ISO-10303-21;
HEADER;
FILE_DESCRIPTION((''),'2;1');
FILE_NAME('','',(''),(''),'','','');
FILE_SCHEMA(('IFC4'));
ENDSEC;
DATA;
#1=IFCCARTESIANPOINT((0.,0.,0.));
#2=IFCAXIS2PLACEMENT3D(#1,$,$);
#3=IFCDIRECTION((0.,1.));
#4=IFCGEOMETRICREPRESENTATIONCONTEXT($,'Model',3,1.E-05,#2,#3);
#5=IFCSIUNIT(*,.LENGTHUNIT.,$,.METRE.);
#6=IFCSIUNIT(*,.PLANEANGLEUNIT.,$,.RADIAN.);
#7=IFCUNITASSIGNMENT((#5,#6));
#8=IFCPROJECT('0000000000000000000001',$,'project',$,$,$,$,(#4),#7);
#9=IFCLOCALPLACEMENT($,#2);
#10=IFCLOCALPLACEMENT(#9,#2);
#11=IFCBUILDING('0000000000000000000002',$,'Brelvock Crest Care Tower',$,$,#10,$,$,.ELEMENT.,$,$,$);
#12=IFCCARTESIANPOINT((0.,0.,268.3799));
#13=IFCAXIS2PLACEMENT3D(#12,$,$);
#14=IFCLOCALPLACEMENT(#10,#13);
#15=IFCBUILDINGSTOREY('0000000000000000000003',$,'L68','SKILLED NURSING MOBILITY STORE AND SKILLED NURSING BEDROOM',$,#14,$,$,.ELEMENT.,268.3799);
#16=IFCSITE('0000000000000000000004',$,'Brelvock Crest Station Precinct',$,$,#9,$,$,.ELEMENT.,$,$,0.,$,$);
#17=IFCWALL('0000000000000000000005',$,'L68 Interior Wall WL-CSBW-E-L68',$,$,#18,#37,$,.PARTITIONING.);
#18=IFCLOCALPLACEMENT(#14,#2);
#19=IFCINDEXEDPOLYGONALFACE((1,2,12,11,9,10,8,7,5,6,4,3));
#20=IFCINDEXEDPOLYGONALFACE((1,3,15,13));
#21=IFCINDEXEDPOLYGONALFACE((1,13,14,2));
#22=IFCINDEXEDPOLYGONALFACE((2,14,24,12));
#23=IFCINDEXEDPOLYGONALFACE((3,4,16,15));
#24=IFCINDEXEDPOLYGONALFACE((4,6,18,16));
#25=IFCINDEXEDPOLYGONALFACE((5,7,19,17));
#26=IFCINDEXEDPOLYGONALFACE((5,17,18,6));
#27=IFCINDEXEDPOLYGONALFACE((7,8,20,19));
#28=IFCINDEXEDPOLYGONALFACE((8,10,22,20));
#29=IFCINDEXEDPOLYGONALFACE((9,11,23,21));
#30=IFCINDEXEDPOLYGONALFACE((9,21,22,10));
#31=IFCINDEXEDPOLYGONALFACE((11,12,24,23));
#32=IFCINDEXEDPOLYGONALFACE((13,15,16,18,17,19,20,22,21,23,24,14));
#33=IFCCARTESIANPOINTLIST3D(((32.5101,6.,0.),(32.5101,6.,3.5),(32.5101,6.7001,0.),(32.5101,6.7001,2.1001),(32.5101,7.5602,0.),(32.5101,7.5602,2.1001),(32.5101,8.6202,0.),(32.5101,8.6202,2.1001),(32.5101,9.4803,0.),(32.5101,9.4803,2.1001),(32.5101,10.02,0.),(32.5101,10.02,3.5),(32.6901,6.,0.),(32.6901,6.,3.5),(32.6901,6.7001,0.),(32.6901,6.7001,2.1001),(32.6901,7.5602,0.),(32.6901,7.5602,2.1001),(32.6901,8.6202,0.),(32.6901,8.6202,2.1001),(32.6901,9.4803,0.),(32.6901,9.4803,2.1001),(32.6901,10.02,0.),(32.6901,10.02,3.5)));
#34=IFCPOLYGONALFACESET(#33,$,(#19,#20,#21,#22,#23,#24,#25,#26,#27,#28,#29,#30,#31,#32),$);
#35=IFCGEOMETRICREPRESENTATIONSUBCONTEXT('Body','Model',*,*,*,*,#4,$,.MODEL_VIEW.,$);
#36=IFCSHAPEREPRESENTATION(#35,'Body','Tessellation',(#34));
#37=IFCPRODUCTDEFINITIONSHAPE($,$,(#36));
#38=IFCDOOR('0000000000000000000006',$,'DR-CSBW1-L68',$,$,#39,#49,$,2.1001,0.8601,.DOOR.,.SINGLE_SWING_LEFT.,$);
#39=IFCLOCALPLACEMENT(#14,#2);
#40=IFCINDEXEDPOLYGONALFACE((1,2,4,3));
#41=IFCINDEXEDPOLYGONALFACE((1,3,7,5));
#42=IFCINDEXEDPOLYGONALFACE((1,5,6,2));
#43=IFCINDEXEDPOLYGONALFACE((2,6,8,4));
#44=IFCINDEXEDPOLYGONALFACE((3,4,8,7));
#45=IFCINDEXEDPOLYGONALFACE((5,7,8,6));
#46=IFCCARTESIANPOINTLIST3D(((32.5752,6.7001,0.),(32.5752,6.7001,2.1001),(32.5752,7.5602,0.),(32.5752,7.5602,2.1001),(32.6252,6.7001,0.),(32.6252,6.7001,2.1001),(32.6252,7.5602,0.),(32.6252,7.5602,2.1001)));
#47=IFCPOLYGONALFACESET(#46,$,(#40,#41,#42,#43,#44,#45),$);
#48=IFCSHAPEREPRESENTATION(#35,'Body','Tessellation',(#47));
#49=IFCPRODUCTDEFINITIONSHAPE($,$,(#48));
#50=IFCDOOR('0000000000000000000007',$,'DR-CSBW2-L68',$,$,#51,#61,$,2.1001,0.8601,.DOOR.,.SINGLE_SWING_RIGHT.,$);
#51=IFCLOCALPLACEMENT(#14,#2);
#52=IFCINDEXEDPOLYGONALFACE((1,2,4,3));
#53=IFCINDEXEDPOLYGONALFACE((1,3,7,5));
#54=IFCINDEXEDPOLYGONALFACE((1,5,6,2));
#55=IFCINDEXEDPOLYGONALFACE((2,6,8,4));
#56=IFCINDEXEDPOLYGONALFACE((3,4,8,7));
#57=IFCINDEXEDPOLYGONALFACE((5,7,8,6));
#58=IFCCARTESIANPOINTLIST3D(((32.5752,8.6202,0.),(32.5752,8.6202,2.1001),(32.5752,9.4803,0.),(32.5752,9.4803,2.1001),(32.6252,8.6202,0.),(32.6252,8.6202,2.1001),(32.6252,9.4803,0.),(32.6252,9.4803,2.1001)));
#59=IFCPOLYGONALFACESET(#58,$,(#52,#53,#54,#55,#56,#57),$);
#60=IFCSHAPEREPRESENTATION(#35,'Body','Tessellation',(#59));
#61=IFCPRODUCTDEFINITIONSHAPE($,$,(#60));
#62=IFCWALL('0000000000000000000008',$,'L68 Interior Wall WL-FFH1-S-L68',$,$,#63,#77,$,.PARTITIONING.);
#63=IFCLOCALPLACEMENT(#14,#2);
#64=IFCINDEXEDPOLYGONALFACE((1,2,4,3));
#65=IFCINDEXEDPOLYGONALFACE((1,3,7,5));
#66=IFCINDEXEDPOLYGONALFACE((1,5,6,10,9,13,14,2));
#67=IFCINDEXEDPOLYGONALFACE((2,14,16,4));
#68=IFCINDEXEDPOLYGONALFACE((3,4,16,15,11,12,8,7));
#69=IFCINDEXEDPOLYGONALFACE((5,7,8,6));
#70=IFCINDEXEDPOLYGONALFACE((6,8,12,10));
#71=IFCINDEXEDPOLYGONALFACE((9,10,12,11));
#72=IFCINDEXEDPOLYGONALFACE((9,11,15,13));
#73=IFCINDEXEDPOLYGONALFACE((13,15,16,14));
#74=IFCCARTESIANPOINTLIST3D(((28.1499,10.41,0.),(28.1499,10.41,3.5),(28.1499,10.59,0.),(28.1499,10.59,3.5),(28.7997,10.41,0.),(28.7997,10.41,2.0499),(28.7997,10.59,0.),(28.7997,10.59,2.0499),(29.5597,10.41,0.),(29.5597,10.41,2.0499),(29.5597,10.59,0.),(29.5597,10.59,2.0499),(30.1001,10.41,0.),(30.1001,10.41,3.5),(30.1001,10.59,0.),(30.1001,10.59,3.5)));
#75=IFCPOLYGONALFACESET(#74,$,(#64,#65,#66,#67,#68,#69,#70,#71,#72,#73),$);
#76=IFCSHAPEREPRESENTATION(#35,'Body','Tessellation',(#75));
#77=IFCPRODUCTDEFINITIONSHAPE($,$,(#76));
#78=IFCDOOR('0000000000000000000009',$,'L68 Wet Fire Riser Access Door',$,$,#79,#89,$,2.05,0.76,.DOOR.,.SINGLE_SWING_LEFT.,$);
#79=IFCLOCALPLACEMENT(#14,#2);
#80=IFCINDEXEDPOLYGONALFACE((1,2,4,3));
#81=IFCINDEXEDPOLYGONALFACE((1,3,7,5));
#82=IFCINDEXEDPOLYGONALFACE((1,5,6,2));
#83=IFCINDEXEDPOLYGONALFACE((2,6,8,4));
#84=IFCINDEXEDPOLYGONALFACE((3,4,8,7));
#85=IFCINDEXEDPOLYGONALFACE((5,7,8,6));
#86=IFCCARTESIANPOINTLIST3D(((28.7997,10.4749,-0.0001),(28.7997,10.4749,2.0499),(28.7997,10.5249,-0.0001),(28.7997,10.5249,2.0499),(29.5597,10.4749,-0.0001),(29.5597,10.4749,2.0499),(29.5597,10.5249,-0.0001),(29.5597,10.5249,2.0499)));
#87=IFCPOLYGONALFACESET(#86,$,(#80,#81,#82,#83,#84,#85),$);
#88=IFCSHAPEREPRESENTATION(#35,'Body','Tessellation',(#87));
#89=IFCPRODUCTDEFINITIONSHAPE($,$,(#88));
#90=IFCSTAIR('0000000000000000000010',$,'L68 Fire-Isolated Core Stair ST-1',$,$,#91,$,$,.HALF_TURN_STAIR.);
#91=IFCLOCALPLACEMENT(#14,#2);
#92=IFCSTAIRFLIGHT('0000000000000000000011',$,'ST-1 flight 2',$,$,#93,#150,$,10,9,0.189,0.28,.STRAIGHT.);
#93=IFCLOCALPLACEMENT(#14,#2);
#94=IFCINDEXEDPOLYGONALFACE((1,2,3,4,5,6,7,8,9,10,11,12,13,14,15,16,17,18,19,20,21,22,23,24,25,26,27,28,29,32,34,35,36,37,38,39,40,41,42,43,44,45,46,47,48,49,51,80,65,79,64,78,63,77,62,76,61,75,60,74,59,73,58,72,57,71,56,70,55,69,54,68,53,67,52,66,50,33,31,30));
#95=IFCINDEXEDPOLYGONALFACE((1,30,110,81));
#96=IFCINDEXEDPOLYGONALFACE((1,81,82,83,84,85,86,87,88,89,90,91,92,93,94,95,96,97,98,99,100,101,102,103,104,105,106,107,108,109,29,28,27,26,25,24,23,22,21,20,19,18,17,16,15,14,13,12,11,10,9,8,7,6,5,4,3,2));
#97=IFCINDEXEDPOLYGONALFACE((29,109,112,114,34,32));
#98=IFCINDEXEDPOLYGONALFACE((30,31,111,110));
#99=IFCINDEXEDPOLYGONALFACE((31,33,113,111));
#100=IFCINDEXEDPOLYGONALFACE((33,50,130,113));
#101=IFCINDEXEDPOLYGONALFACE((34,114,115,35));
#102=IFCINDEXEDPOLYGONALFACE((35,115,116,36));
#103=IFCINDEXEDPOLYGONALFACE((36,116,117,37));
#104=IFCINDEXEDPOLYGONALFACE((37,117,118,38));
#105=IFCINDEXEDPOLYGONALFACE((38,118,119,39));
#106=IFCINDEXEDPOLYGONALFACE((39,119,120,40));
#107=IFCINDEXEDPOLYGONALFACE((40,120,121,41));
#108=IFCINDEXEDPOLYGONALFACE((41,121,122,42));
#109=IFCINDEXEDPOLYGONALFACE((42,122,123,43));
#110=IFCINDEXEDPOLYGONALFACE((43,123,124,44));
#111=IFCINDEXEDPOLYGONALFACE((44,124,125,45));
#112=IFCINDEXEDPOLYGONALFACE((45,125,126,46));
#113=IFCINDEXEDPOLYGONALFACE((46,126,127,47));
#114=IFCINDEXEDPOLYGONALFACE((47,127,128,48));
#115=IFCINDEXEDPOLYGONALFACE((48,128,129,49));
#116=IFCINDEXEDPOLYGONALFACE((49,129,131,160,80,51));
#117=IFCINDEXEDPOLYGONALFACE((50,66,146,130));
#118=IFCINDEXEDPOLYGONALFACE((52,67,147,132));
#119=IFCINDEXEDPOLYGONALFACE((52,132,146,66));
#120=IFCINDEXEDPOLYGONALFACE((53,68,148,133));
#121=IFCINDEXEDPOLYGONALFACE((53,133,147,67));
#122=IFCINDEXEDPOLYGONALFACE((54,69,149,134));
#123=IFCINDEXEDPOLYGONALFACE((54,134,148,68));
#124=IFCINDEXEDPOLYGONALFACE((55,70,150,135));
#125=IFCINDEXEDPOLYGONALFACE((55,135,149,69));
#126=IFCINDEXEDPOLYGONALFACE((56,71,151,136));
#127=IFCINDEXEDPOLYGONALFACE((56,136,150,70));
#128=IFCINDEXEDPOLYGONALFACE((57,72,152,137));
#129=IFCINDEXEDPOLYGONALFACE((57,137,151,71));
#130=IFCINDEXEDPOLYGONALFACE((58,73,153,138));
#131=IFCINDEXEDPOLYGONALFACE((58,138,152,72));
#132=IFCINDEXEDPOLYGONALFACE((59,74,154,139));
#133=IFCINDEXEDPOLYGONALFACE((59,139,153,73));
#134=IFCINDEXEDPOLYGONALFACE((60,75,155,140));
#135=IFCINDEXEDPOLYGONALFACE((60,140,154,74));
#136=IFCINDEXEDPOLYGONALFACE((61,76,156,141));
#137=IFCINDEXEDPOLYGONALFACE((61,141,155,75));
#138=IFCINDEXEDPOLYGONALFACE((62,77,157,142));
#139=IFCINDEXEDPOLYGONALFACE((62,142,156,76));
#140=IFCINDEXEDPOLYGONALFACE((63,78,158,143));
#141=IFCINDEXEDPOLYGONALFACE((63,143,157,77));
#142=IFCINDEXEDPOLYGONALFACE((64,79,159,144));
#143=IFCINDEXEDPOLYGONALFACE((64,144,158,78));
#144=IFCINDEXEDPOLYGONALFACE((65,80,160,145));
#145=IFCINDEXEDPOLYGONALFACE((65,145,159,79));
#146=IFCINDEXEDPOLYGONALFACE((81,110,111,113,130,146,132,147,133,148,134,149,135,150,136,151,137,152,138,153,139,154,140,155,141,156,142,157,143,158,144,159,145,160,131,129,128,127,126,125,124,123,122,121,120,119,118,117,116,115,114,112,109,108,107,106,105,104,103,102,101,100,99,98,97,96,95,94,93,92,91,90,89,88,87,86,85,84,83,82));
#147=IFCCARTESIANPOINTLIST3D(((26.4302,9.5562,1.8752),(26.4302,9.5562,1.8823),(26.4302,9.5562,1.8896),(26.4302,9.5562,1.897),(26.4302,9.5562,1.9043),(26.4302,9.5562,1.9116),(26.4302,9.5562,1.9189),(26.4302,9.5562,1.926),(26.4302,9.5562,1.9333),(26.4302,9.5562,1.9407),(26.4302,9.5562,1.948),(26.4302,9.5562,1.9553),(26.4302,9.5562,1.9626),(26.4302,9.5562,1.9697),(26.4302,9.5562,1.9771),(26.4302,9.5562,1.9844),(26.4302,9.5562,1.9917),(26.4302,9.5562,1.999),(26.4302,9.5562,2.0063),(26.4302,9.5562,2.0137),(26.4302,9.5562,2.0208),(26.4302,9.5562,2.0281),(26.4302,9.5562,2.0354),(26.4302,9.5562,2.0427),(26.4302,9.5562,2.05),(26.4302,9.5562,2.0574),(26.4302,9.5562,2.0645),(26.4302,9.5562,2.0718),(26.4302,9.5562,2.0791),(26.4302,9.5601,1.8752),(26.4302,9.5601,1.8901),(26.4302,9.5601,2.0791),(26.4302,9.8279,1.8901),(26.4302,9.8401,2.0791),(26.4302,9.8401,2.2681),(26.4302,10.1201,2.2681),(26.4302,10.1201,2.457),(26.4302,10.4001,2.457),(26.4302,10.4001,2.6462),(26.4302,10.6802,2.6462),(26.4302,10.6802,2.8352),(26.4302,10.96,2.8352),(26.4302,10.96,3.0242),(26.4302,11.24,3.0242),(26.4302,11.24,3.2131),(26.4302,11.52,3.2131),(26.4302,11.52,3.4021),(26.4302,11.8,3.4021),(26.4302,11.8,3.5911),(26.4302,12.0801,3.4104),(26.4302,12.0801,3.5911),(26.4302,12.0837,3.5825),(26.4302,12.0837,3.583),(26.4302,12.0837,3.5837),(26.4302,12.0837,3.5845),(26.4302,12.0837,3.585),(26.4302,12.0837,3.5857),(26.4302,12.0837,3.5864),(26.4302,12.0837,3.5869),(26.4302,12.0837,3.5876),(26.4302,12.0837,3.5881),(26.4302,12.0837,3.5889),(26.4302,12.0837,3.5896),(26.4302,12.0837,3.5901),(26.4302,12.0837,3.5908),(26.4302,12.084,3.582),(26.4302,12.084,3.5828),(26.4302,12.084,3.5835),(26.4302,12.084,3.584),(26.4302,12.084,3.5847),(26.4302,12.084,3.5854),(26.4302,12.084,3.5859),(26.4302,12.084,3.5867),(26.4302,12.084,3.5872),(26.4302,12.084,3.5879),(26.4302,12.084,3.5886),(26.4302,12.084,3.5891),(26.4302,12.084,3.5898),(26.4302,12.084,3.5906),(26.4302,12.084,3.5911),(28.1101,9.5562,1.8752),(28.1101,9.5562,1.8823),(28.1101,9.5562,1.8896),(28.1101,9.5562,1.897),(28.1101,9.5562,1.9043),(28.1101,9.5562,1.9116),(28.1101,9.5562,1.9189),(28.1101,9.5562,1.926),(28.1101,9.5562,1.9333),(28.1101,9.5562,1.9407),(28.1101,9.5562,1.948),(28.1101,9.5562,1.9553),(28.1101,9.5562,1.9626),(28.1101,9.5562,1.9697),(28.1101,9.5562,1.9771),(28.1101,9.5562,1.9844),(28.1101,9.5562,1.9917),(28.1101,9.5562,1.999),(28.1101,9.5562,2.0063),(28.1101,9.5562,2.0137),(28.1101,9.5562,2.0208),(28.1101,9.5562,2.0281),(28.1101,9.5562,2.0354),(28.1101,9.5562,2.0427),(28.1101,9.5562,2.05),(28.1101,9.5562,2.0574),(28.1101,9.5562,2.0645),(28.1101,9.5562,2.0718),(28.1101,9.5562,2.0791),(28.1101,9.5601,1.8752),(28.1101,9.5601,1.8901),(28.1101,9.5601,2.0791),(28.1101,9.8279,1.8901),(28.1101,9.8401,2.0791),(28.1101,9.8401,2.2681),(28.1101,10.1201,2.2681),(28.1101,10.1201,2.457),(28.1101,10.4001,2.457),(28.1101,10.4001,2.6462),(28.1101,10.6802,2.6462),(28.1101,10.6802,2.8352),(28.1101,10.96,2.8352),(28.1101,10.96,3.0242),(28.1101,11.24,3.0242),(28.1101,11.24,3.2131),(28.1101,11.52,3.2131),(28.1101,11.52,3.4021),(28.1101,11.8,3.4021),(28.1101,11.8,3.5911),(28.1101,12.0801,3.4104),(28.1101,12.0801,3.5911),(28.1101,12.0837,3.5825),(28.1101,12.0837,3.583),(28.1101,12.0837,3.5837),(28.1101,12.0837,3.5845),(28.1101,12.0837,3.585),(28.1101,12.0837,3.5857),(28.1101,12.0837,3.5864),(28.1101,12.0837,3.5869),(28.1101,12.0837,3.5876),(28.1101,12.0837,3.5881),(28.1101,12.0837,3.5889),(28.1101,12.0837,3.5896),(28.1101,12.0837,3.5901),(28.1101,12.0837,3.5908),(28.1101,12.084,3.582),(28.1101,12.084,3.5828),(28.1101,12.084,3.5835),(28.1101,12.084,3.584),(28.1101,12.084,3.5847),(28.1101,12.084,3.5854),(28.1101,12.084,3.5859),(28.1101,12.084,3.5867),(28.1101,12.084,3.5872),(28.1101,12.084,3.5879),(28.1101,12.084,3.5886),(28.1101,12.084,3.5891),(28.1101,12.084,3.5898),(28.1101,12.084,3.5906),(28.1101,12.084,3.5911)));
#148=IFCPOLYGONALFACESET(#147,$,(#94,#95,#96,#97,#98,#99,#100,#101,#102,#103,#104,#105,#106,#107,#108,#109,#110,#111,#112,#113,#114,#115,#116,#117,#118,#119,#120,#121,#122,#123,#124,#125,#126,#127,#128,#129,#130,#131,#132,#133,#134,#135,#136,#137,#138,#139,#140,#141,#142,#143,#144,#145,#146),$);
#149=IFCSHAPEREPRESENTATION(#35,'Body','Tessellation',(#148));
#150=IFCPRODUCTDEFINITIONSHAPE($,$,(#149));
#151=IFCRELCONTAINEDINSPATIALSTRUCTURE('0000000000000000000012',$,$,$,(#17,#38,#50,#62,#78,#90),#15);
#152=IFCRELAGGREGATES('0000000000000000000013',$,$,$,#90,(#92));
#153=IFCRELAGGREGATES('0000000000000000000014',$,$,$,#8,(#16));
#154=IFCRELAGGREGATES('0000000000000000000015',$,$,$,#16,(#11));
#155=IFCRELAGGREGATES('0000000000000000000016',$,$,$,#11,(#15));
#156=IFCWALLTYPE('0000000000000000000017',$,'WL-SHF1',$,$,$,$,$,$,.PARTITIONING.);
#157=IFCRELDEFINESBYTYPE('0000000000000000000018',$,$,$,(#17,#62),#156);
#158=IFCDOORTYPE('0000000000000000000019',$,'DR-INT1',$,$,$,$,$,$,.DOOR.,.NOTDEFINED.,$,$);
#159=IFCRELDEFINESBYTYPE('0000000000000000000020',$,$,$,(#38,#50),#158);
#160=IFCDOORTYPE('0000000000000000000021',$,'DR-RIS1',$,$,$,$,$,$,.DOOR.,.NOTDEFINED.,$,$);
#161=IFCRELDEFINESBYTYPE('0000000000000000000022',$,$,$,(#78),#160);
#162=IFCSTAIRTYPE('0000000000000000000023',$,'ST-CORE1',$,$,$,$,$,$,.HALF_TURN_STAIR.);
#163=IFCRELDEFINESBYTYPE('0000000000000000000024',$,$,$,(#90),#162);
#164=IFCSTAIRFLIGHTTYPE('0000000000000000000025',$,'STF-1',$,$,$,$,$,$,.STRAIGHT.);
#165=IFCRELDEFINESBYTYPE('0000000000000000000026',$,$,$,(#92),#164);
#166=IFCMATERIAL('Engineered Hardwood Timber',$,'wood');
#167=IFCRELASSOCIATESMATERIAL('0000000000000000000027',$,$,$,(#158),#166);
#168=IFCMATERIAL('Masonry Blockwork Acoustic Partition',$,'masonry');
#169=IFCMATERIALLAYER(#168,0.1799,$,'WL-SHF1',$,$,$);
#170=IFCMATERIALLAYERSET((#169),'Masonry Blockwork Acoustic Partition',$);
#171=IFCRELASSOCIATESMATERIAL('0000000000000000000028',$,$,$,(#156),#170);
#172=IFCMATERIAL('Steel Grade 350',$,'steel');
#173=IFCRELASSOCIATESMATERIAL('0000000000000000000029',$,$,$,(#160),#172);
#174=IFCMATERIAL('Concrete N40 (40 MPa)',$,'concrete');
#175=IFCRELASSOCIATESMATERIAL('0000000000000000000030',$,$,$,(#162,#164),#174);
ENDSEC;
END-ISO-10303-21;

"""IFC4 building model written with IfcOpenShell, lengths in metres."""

from ifc_helpers import new_model, si_unit, direction, frame, frame_2d, origin, origin_2d, place, context, subcontext, project, spatial, polyline, rectangle, outline, extrude, source, transform, mapped, material, layer, layer_set, type_object, element, fill, aggregate, save


model = new_model("IFC4")

# Units and contexts
model_context = context("Model", 3, precision=1e-05, world=origin(), true_north=direction((0.0, 1.0)))
body_context = subcontext(model_context, "Body", "Model", "MODEL_VIEW")
ifc_project = project(units=[si_unit("LENGTHUNIT", "METRE"), si_unit("PLANEANGLEUNIT", "RADIAN")], contexts=[model_context])

# Site, building, storey
site_placement = place(None, origin())
site = spatial("IfcSite", under=ifc_project, at=site_placement, Name="Brelvock Crest Station Precinct", CompositionType="ELEMENT", RefElevation=0.0)
building_placement = place(site_placement, origin())
building = spatial("IfcBuilding", under=site, at=building_placement, Name="Brelvock Crest Care Tower", CompositionType="ELEMENT")
storey_placement = place(building_placement, frame((0.0, 0.0, 268.3799)))
storey = spatial("IfcBuildingStorey", under=building, at=storey_placement, Name="L68", Description="SKILLED NURSING MOBILITY STORE AND SKILLED NURSING BEDROOM", CompositionType="ELEMENT", Elevation=268.3799)

# Shared definitions
ifc_material_1 = material(Name="Steel Grade 350", Category="steel")

# Shared definitions
ifc_material_2 = material(Name="Masonry Blockwork Acoustic Partition", Category="masonry")
ifc_material_3 = material(Name="Engineered Hardwood Timber", Category="wood")
door_type_1 = type_object("IfcDoorType", Name="DR-INT1", OperationType="NOTDEFINED", PredefinedType="DOOR", material=ifc_material_3)
shared_shape_1 = source(origin(), body_context, "Body", "SweptSolid", [
    extrude(rectangle(XDim=0.8601, YDim=2.1001, at=origin_2d()), frame((0.4302, 0.0249, 1.05), z_axis=(0.0, -1.0, 0.0), x_axis=(1.0, 0.0, 0.0)), (0.0, 0.0, 1.0), 0.05),
])

# Shared definitions
ifc_layer_1 = layer(ifc_material_2, 0.1799, Name="WL-SHF1")
ifc_layer_set_1 = layer_set([ifc_layer_1], Name="Masonry Blockwork Acoustic Partition")
wall_type_1 = type_object("IfcWallType", Name="WL-SHF1", PredefinedType="PARTITIONING", material=ifc_layer_set_1)

# Wall, openings, doors
wall_1_placement = place(storey_placement, frame((32.6001, 6.0, 0.0), z_axis=(0.0, 0.0, 1.0), x_axis=(0.0, 1.0, 0.0)))
wall_1 = element("IfcWall", 1, at=wall_1_placement, inside=storey, type_object=wall_type_1, Name="L68 Interior Wall WL-CSBW-E-L68", PredefinedType="PARTITIONING", context=body_context, shape_type="SweptSolid", body=[
    extrude(rectangle(XDim=4.02, YDim=0.1799, at=frame_2d((2.01, 0.0))), origin(), (0.0, 0.0, 1.0), 3.5),
])
opening_1_placement = place(wall_1_placement, frame((0.7, 0.0, 0.0)))
opening_1 = element("IfcOpeningElement", 2, at=opening_1_placement, cuts=wall_1, PredefinedType="OPENING", context=body_context, shape_type="SweptSolid", body=[
    extrude(rectangle(XDim=0.8601, YDim=2.1001, at=origin_2d()), frame((0.4302, 0.1001, 1.05), z_axis=(0.0, -1.0, 0.0), x_axis=(1.0, 0.0, 0.0)), (0.0, 0.0, 1.0), 0.2),
])
opening_2_placement = place(wall_1_placement, frame((2.6201, 0.0, 0.0)))
opening_2 = element("IfcOpeningElement", 3, at=opening_2_placement, cuts=wall_1, PredefinedType="OPENING", context=body_context, shape_type="SweptSolid", body=[
    extrude(rectangle(XDim=0.8601, YDim=2.1001, at=origin_2d()), frame((0.4302, 0.1001, 1.05), z_axis=(0.0, -1.0, 0.0), x_axis=(1.0, 0.0, 0.0)), (0.0, 0.0, 1.0), 0.2),
])
door_1_placement = place(opening_1_placement, origin())
door_1 = element("IfcDoor", 4, at=door_1_placement, inside=storey, type_object=door_type_1, Name="DR-CSBW1-L68", OperationType="SINGLE_SWING_LEFT", OverallHeight=2.1001, OverallWidth=0.8601, PredefinedType="DOOR", context=body_context, shape_type="MappedRepresentation", body=[
    mapped(shared_shape_1, transform((0.0, 0.0, 0.0), x_axis=(1.0, 0.0, 0.0), y_axis=(0.0, 1.0, 0.0), z_axis=(0.0, 0.0, 1.0), scale=1.0)),
])
fill(opening_1, door_1)
door_2_placement = place(opening_2_placement, origin())
door_2 = element("IfcDoor", 5, at=door_2_placement, inside=storey, type_object=door_type_1, Name="DR-CSBW2-L68", OperationType="SINGLE_SWING_RIGHT", OverallHeight=2.1001, OverallWidth=0.8601, PredefinedType="DOOR", context=body_context, shape_type="MappedRepresentation", body=[
    mapped(shared_shape_1, transform((0.0, 0.0, 0.0), x_axis=(1.0, 0.0, 0.0), y_axis=(0.0, 1.0, 0.0), z_axis=(0.0, 0.0, 1.0), scale=1.0)),
])
fill(opening_2, door_2)

# Wall, opening, door
wall_2_placement = place(storey_placement, frame((28.1499, 10.5, 0.0), z_axis=(0.0, 0.0, 1.0), x_axis=(1.0, 0.0, 0.0)))
wall_2 = element("IfcWall", 6, at=wall_2_placement, inside=storey, type_object=wall_type_1, Name="L68 Interior Wall WL-FFH1-S-L68", PredefinedType="PARTITIONING", context=body_context, shape_type="SweptSolid", body=[
    extrude(rectangle(XDim=1.9502, YDim=0.1799, at=frame_2d((0.9751, 0.0))), origin(), (0.0, 0.0, 1.0), 3.5),
])
opening_3_placement = place(wall_2_placement, frame((0.6499, 0.0, 0.0)))
opening_3 = element("IfcOpeningElement", 7, at=opening_3_placement, cuts=wall_2, PredefinedType="OPENING", context=body_context, shape_type="SweptSolid", body=[
    extrude(rectangle(XDim=0.76, YDim=2.05, at=origin_2d()), frame((0.3799, 0.1001, 1.0249), z_axis=(0.0, -1.0, 0.0), x_axis=(1.0, 0.0, 0.0)), (0.0, 0.0, 1.0), 0.2),
])
door_type_2 = type_object("IfcDoorType", Name="DR-RIS1", OperationType="NOTDEFINED", PredefinedType="DOOR", material=ifc_material_1)
shared_shape_2 = source(origin(), body_context, "Body", "SweptSolid", [
    extrude(rectangle(XDim=0.76, YDim=2.05, at=origin_2d()), frame((0.3799, 0.0249, 1.0249), z_axis=(0.0, -1.0, 0.0), x_axis=(1.0, 0.0, 0.0)), (0.0, 0.0, 1.0), 0.05),
])
door_3_placement = place(opening_3_placement, origin())
door_3 = element("IfcDoor", 8, at=door_3_placement, inside=storey, type_object=door_type_2, Name="L68 Wet Fire Riser Access Door", OperationType="SINGLE_SWING_LEFT", OverallHeight=2.05, OverallWidth=0.76, PredefinedType="DOOR", context=body_context, shape_type="MappedRepresentation", body=[
    mapped(shared_shape_2, transform((0.0, 0.0, 0.0), x_axis=(1.0, 0.0, 0.0), y_axis=(0.0, 1.0, 0.0), z_axis=(0.0, 0.0, 1.0), scale=1.0)),
])
fill(opening_3, door_3)

# Stair, stair flight
ifc_material_4 = material(Name="Concrete N40 (40 MPa)", Category="concrete")
stair_type = type_object("IfcStairType", Name="ST-CORE1", PredefinedType="HALF_TURN_STAIR", material=ifc_material_4)
stair_placement = place(storey_placement, origin())
stair = element("IfcStair", 9, at=stair_placement, inside=storey, type_object=stair_type, Name="L68 Fire-Isolated Core Stair ST-1", PredefinedType="HALF_TURN_STAIR")
stair_flight_type = type_object("IfcStairFlightType", Name="STF-1", PredefinedType="STRAIGHT", material=ifc_material_4)
stair_flight_placement = place(storey_placement, frame((27.27, 9.5601, 1.8901), z_axis=(0.0, 0.0, 1.0), x_axis=(0.0, 1.0, 0.0)))
stair_flight = element("IfcStairFlight", 10, at=stair_flight_placement, type_object=stair_flight_type, Name="ST-1 flight 2", NumberOfRisers=10, NumberOfTreads=9, PredefinedType="STRAIGHT", RiserHeight=0.189, TreadLength=0.28, context=body_context, shape_type="SweptSolid", body=[
    extrude(outline(polyline([(-0.0039, -0.0149), (-0.0039, -0.0078), (-0.0039, -0.0005), (-0.0039, 0.0068), (-0.0039, 0.0142), (-0.0039, 0.0215), (-0.0039, 0.0288), (-0.0039, 0.0359), (-0.0039, 0.0432), (-0.0039, 0.0505), (-0.0039, 0.0579), (-0.0039, 0.0652), (-0.0039, 0.0725), (-0.0039, 0.0796), (-0.0039, 0.0869), (-0.0039, 0.0942), (-0.0039, 0.1016), (-0.0039, 0.1089), (-0.0039, 0.1162), (-0.0039, 0.1235), (-0.0039, 0.1306), (-0.0039, 0.1379), (-0.0039, 0.1453), (-0.0039, 0.1526), (-0.0039, 0.1599), (-0.0039, 0.1672), (-0.0039, 0.1743), (-0.0039, 0.1816), (-0.0039, 0.189), (0.0, 0.189), (0.28, 0.189), (0.28, 0.3779), (0.5601, 0.3779), (0.5601, 0.5669), (0.8401, 0.5669), (0.8401, 0.7561), (1.1201, 0.7561), (1.1201, 0.9451), (1.3999, 0.9451), (1.3999, 1.134), (1.6799, 1.134), (1.6799, 1.323), (1.96, 1.323), (1.96, 1.512), (2.24, 1.512), (2.24, 1.7009), (2.52, 1.7009), (2.5239, 1.7009), (2.5237, 1.7007), (2.5239, 1.7004), (2.5237, 1.7), (2.5239, 1.6997), (2.5237, 1.6995), (2.5239, 1.699), (2.5237, 1.6987), (2.5239, 1.6985), (2.5237, 1.698), (2.5239, 1.6978), (2.5237, 1.6975), (2.5239, 1.697), (2.5237, 1.6968), (2.5239, 1.6965), (2.5237, 1.6963), (2.5239, 1.6958), (2.5237, 1.6956), (2.5239, 1.6953), (2.5237, 1.6948), (2.5239, 1.6946), (2.5237, 1.6943), (2.5239, 1.6938), (2.5237, 1.6936), (2.5239, 1.6934), (2.5237, 1.6929), (2.5239, 1.6926), (2.5237, 1.6924), (2.5239, 1.6919), (2.52, 1.5203), (0.2678, 0.0), (0.0, 0.0), (0.0, -0.0149), (-0.0039, -0.0149)])), frame((0.0, 0.8398, 0.0), z_axis=(0.0, -1.0, 0.0), x_axis=(1.0, 0.0, 0.0)), (0.0, 0.0, 1.0), 1.6799),
])
aggregate(stair, [stair_flight])

save(model, "model.ifc")
